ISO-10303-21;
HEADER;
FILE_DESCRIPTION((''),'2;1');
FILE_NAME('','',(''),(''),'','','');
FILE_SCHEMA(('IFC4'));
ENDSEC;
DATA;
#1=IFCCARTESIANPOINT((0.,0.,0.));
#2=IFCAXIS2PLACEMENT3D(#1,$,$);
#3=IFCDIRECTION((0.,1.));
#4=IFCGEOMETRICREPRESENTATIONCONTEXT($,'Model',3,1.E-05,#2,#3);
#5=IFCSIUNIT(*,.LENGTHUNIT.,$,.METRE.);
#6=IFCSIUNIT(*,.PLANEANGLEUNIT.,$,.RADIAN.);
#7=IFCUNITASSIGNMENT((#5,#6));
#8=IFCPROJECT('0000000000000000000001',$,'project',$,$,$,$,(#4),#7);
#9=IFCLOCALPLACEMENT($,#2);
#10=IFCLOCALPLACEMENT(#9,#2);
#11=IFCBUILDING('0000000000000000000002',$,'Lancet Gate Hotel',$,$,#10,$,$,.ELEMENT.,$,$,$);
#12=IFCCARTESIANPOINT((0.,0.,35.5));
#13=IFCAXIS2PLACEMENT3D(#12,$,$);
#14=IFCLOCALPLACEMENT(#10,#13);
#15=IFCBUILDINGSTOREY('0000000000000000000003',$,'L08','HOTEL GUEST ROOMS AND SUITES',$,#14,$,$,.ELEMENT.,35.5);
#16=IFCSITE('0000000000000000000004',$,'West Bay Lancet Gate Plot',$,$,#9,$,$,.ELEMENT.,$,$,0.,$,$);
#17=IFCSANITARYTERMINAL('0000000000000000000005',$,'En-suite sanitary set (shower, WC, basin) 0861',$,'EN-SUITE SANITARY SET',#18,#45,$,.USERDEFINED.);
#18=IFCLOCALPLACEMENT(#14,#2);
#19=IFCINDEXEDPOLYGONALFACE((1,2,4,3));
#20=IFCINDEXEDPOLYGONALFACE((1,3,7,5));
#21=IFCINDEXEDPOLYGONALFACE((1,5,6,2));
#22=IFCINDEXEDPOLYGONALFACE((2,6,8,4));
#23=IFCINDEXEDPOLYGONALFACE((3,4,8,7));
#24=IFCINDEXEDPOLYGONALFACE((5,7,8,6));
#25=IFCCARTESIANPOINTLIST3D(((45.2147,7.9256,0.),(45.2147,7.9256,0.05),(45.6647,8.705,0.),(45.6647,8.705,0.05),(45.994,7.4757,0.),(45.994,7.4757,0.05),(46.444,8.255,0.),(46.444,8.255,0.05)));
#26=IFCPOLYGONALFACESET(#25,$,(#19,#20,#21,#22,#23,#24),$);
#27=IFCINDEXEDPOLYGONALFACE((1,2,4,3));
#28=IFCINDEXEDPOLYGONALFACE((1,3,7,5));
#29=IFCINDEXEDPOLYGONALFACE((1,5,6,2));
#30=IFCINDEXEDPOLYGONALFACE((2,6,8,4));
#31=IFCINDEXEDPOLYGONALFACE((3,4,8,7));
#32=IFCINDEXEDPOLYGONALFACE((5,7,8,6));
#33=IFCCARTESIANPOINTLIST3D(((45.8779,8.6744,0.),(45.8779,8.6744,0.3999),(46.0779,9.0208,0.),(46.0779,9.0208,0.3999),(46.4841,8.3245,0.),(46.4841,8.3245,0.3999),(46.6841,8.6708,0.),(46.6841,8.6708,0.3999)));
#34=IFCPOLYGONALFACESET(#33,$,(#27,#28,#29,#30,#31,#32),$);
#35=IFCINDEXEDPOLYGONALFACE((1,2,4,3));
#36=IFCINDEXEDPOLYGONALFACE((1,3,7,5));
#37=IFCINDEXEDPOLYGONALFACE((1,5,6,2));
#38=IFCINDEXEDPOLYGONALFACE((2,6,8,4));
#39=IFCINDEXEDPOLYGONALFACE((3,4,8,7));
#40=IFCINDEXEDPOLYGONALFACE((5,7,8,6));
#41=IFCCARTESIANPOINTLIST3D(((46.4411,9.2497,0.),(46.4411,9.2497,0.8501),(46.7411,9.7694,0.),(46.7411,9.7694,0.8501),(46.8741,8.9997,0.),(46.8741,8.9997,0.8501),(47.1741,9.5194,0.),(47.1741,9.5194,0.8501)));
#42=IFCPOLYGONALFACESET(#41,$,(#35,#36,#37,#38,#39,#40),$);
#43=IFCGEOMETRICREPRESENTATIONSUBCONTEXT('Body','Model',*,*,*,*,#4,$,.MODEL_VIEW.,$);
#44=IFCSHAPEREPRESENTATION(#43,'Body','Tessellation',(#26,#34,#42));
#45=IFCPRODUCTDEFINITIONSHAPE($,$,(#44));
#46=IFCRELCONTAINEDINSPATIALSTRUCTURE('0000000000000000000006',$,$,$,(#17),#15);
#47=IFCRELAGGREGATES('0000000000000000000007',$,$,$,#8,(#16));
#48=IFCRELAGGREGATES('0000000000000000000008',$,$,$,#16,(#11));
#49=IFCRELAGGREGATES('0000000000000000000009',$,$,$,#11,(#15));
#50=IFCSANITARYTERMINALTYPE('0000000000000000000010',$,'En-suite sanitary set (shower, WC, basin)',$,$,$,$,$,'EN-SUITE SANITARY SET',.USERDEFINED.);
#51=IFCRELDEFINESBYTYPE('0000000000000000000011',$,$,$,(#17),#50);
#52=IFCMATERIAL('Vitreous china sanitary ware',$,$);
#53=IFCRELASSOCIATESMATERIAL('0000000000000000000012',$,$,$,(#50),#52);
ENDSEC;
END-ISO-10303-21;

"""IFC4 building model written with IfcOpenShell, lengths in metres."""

from ifc_helpers import new_model, si_unit, direction, frame, origin, origin_2d, place, context, subcontext, project, spatial, rectangle, extrude, material, type_object, element, save


model = new_model("IFC4")

# Units and contexts
model_context = context("Model", 3, precision=1e-05, world=origin(), true_north=direction((0.0, 1.0)))
body_context = subcontext(model_context, "Body", "Model", "MODEL_VIEW")
ifc_project = project(units=[si_unit("LENGTHUNIT", "METRE"), si_unit("PLANEANGLEUNIT", "RADIAN")], contexts=[model_context])

# Site, building, storey
site_placement = place(None, origin())
site = spatial("IfcSite", under=ifc_project, at=site_placement, Name="West Bay Lancet Gate Plot", CompositionType="ELEMENT", RefElevation=0.0)
building_placement = place(site_placement, origin())
building = spatial("IfcBuilding", under=site, at=building_placement, Name="Lancet Gate Hotel", CompositionType="ELEMENT")
storey_placement = place(building_placement, frame((0.0, 0.0, 35.5)))
storey = spatial("IfcBuildingStorey", under=building, at=storey_placement, Name="L08", Description="HOTEL GUEST ROOMS AND SUITES", CompositionType="ELEMENT", Elevation=35.5)

# Sanitary terminal
ifc_material_1 = material(Name="Vitreous china sanitary ware")
sanitary_terminal_type = type_object("IfcSanitaryTerminalType", Name="En-suite sanitary set (shower, WC, basin)", ElementType="EN-SUITE SANITARY SET", PredefinedType="USERDEFINED", material=ifc_material_1)
sanitary_terminal_1_placement = place(storey_placement, frame((45.8293, 8.0903, 0.0), z_axis=(0.0, 0.0, 1.0), x_axis=(1.0, 0.0, 0.0)))
element("IfcSanitaryTerminal", 1, at=sanitary_terminal_1_placement, inside=storey, type_object=sanitary_terminal_type, Name="En-suite sanitary set (shower, WC, basin) 0861", ObjectType="EN-SUITE SANITARY SET", PredefinedType="USERDEFINED", context=body_context, shape_type="SweptSolid", body=[
    extrude(rectangle(XDim=0.8999, YDim=0.8999, at=origin_2d()), frame((0.0, 0.0, 0.0), z_axis=(0.0, 0.0, 1.0), x_axis=(-0.5, -0.866025, 0.0)), (0.0, 0.0, 1.0), 0.05),
    extrude(rectangle(XDim=0.3999, YDim=0.7, at=origin_2d()), frame((0.4517, 0.5823, 0.0), z_axis=(0.0, 0.0, 1.0), x_axis=(-0.5, -0.866025, 0.0)), (0.0, 0.0, 1.0), 0.3999),
    extrude(rectangle(XDim=0.6001, YDim=0.5, at=origin_2d()), frame((0.9783, 1.2942, 0.0), z_axis=(0.0, 0.0, 1.0), x_axis=(-0.5, -0.866025, 0.0)), (0.0, 0.0, 1.0), 0.8501),
])

save(model, "model.ifc")
